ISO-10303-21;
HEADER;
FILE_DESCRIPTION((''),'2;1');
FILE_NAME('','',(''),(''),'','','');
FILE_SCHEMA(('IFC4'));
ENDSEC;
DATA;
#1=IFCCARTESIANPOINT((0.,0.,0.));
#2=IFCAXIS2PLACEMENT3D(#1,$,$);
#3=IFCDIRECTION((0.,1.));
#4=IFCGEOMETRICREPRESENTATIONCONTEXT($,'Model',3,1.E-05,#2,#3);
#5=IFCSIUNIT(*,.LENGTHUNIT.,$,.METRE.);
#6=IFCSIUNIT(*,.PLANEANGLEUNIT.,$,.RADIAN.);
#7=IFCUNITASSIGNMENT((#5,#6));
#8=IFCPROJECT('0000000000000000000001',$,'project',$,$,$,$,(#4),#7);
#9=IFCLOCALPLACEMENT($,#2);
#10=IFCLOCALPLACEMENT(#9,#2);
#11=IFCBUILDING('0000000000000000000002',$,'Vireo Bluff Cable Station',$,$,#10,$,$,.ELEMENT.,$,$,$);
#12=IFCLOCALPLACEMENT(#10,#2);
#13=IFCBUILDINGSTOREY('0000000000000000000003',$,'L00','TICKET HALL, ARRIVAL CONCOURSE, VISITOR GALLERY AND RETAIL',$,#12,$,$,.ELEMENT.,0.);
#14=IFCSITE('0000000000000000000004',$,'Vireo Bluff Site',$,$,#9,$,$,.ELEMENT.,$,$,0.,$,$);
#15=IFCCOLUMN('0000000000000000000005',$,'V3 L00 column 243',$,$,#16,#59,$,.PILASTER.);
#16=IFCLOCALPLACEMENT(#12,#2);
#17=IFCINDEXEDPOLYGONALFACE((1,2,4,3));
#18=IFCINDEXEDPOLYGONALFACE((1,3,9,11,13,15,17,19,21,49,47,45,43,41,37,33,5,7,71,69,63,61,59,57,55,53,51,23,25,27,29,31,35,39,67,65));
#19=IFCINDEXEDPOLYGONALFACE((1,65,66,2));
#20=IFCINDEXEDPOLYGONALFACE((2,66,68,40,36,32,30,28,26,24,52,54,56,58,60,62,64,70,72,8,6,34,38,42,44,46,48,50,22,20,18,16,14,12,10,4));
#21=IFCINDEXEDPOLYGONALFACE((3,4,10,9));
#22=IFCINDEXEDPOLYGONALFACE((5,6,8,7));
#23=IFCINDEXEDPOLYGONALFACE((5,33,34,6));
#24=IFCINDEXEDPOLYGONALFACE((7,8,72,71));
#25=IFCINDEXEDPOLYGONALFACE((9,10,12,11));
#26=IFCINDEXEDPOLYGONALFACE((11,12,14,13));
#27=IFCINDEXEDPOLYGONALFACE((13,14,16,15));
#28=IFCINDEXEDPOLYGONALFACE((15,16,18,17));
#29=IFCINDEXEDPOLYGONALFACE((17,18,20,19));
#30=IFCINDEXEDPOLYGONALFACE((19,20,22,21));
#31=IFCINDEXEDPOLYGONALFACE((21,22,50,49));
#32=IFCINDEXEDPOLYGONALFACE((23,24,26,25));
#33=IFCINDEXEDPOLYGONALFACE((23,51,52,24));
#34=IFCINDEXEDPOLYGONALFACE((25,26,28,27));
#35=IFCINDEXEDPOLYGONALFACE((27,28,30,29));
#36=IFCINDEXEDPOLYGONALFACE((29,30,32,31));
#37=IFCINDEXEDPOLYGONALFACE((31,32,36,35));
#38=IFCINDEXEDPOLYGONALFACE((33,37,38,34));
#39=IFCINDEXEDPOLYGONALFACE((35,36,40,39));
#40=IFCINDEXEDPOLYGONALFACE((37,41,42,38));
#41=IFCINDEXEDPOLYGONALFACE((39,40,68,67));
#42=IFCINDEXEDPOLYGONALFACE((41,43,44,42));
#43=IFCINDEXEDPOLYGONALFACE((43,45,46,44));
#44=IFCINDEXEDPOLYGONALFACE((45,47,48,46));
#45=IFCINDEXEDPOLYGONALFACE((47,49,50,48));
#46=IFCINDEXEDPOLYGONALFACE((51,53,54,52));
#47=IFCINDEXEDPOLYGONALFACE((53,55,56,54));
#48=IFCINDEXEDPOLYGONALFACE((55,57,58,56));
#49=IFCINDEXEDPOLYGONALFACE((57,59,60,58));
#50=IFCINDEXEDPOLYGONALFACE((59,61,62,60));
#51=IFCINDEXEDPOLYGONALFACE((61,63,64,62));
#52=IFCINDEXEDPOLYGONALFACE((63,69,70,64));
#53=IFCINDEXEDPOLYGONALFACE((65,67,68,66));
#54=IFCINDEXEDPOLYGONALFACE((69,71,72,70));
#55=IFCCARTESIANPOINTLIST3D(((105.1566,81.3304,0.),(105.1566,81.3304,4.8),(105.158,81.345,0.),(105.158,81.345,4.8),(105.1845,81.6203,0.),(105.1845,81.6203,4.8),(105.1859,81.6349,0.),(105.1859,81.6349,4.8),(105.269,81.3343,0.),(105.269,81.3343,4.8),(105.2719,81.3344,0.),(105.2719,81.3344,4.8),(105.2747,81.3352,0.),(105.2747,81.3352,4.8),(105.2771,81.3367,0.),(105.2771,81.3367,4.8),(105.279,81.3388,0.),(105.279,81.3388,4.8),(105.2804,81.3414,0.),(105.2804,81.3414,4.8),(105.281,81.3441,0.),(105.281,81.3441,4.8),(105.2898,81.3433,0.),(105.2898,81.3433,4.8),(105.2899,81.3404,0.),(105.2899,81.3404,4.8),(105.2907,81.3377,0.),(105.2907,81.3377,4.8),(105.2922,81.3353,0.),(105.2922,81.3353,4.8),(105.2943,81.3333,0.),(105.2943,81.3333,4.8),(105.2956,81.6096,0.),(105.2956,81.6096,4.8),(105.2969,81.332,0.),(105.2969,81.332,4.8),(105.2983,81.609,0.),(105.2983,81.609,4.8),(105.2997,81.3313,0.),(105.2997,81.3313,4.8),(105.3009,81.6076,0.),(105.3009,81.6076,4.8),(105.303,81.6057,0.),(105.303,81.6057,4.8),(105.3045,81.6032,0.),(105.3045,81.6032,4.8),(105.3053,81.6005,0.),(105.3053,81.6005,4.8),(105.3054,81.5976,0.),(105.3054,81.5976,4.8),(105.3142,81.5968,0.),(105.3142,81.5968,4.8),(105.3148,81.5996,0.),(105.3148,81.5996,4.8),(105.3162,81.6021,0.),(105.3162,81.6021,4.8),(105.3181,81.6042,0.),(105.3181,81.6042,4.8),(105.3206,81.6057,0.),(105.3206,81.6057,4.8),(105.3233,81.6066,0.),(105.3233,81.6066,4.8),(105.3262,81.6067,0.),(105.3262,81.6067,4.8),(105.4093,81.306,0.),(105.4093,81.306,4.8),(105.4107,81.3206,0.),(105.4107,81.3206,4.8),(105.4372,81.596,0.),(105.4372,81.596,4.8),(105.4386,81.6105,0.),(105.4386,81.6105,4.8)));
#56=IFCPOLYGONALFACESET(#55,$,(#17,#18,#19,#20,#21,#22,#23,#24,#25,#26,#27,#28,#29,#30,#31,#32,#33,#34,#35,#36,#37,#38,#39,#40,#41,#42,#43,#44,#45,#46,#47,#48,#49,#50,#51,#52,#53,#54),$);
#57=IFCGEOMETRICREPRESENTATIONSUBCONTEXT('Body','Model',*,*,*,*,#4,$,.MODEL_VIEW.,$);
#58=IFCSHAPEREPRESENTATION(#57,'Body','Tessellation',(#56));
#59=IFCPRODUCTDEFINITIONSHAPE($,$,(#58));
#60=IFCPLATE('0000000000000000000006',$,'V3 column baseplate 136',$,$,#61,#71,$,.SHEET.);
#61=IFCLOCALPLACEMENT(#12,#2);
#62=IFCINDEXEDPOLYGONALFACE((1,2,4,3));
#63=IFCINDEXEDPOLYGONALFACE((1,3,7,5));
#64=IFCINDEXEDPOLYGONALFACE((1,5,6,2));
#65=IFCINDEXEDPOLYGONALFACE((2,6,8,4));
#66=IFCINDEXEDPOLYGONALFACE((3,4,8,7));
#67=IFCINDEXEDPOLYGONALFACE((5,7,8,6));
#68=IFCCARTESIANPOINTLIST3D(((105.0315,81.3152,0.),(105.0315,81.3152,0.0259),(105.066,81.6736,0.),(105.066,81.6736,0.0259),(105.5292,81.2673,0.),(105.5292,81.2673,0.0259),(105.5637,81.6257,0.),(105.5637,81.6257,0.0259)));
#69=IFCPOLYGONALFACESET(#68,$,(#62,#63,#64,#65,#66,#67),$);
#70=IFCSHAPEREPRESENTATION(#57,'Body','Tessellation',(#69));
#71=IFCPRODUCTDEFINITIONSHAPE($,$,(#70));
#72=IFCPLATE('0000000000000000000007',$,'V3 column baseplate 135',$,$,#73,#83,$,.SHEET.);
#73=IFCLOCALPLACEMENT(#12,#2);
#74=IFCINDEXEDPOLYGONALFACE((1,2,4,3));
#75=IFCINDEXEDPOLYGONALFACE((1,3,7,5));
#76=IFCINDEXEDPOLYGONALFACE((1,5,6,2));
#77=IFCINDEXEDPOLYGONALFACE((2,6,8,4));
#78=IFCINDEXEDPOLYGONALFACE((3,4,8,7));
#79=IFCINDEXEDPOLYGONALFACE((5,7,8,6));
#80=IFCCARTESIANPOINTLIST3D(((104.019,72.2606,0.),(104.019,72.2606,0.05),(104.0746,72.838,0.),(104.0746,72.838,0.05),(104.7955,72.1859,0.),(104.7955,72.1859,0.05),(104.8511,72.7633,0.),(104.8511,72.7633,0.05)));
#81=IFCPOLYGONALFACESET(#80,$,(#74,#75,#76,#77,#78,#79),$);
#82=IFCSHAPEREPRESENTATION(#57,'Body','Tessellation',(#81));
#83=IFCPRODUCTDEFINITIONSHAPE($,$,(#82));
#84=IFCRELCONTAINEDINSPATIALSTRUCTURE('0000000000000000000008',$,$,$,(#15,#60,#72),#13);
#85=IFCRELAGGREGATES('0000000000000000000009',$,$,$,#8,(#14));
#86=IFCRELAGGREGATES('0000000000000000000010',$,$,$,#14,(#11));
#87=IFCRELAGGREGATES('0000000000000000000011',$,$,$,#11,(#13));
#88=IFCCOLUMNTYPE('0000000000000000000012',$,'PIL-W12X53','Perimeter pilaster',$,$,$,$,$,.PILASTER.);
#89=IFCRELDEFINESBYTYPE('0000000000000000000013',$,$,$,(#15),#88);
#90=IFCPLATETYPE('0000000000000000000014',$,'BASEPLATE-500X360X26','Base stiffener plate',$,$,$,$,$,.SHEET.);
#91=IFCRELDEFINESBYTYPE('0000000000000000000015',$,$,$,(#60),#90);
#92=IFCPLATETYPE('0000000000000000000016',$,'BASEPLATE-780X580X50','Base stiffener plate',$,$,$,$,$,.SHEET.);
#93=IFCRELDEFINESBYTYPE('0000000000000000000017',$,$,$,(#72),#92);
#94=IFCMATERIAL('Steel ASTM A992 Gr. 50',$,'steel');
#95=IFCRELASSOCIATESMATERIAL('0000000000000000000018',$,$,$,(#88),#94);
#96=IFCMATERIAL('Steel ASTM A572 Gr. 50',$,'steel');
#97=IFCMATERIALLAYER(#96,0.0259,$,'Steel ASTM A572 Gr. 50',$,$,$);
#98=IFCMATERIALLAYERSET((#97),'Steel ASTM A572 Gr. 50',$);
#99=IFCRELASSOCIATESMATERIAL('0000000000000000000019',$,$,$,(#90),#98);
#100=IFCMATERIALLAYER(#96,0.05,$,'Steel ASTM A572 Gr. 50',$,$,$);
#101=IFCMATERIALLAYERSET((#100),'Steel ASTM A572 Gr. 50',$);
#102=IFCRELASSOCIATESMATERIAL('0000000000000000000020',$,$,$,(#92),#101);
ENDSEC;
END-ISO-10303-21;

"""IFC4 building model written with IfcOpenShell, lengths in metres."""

from ifc_helpers import new_model, si_unit, direction, frame, origin, origin_2d, place, context, subcontext, project, spatial, rectangle, i_section, extrude, material, layer, layer_set, material_profile, profile_set, type_object, element, save


model = new_model("IFC4")

# Units and contexts
model_context = context("Model", 3, precision=1e-05, world=origin(), true_north=direction((0.0, 1.0)))
body_context = subcontext(model_context, "Body", "Model", "MODEL_VIEW")
ifc_project = project(units=[si_unit("LENGTHUNIT", "METRE"), si_unit("PLANEANGLEUNIT", "RADIAN")], contexts=[model_context])

# Site, building, storey
site_placement = place(None, origin())
site = spatial("IfcSite", under=ifc_project, at=site_placement, Name="Vireo Bluff Site", CompositionType="ELEMENT", RefElevation=0.0)
building_placement = place(site_placement, origin())
building = spatial("IfcBuilding", under=site, at=building_placement, Name="Vireo Bluff Cable Station", CompositionType="ELEMENT")
storey_placement = place(building_placement, origin())
storey = spatial("IfcBuildingStorey", under=building, at=storey_placement, Name="L00", Description="TICKET HALL, ARRIVAL CONCOURSE, VISITOR GALLERY AND RETAIL", CompositionType="ELEMENT", Elevation=0.0)

# Column
ifc_material_1 = material(Name="Steel ASTM A992 Gr. 50", Category="steel")
ifc_material_profile_1 = material_profile(ifc_material_1, i_section(OverallWidth=0.2539, OverallDepth=0.3059, WebThickness=0.0088, FlangeThickness=0.0146, FilletRadius=0.011, at=origin_2d()), Name="W12X53")
ifc_profile_set_1 = profile_set([ifc_material_profile_1], Name="Steel ASTM A992 Gr. 50")
column_type_1 = type_object("IfcColumnType", Name="PIL-W12X53", Description="Perimeter pilaster", PredefinedType="PILASTER", material=ifc_profile_set_1)
column_1_placement = place(storey_placement, frame((105.2976, 81.4705, 0.0), z_axis=(0.0, 0.0, 1.0), x_axis=(0.995396, -0.095846, 0.0)))
element("IfcColumn", 1, at=column_1_placement, inside=storey, type_object=column_type_1, Name="V3 L00 column 243", PredefinedType="PILASTER", context=body_context, shape_type="SweptSolid", body=[
    extrude(i_section(OverallWidth=0.2539, OverallDepth=0.3059, WebThickness=0.0088, FlangeThickness=0.0146, FilletRadius=0.011, at=origin_2d()), origin(), (0.0, 0.0, 1.0), 4.8),
])

# Plates
ifc_material_2 = material(Name="Steel ASTM A572 Gr. 50", Category="steel")
ifc_layer_1 = layer(ifc_material_2, 0.0259, Name="Steel ASTM A572 Gr. 50")
ifc_layer_set_1 = layer_set([ifc_layer_1], Name="Steel ASTM A572 Gr. 50")
plate_type_1 = type_object("IfcPlateType", Name="BASEPLATE-500X360X26", Description="Base stiffener plate", PredefinedType="SHEET", material=ifc_layer_set_1)
plate_1_placement = place(storey_placement, frame((105.2976, 81.4705, 0.0), z_axis=(0.0, 0.0, 1.0), x_axis=(0.995396, -0.095846, 0.0)))
element("IfcPlate", 2, at=plate_1_placement, inside=storey, type_object=plate_type_1, Name="V3 column baseplate 136", PredefinedType="SHEET", context=body_context, shape_type="SweptSolid", body=[
    extrude(rectangle(XDim=0.5, YDim=0.3601, at=origin_2d()), origin(), (0.0, 0.0, 1.0), 0.0259),
])
ifc_layer_2 = layer(ifc_material_2, 0.05, Name="Steel ASTM A572 Gr. 50")
ifc_layer_set_2 = layer_set([ifc_layer_2], Name="Steel ASTM A572 Gr. 50")
plate_type_2 = type_object("IfcPlateType", Name="BASEPLATE-780X580X50", Description="Base stiffener plate", PredefinedType="SHEET", material=ifc_layer_set_2)
plate_2_placement = place(storey_placement, frame((104.4351, 72.512, 0.0), z_axis=(0.0, 0.0, 1.0), x_axis=(0.995396, -0.095846, 0.0)))
element("IfcPlate", 3, at=plate_2_placement, inside=storey, type_object=plate_type_2, Name="V3 column baseplate 135", PredefinedType="SHEET", context=body_context, shape_type="SweptSolid", body=[
    extrude(rectangle(XDim=0.78, YDim=0.5801, at=origin_2d()), origin(), (0.0, 0.0, 1.0), 0.05),
])

save(model, "model.ifc")
